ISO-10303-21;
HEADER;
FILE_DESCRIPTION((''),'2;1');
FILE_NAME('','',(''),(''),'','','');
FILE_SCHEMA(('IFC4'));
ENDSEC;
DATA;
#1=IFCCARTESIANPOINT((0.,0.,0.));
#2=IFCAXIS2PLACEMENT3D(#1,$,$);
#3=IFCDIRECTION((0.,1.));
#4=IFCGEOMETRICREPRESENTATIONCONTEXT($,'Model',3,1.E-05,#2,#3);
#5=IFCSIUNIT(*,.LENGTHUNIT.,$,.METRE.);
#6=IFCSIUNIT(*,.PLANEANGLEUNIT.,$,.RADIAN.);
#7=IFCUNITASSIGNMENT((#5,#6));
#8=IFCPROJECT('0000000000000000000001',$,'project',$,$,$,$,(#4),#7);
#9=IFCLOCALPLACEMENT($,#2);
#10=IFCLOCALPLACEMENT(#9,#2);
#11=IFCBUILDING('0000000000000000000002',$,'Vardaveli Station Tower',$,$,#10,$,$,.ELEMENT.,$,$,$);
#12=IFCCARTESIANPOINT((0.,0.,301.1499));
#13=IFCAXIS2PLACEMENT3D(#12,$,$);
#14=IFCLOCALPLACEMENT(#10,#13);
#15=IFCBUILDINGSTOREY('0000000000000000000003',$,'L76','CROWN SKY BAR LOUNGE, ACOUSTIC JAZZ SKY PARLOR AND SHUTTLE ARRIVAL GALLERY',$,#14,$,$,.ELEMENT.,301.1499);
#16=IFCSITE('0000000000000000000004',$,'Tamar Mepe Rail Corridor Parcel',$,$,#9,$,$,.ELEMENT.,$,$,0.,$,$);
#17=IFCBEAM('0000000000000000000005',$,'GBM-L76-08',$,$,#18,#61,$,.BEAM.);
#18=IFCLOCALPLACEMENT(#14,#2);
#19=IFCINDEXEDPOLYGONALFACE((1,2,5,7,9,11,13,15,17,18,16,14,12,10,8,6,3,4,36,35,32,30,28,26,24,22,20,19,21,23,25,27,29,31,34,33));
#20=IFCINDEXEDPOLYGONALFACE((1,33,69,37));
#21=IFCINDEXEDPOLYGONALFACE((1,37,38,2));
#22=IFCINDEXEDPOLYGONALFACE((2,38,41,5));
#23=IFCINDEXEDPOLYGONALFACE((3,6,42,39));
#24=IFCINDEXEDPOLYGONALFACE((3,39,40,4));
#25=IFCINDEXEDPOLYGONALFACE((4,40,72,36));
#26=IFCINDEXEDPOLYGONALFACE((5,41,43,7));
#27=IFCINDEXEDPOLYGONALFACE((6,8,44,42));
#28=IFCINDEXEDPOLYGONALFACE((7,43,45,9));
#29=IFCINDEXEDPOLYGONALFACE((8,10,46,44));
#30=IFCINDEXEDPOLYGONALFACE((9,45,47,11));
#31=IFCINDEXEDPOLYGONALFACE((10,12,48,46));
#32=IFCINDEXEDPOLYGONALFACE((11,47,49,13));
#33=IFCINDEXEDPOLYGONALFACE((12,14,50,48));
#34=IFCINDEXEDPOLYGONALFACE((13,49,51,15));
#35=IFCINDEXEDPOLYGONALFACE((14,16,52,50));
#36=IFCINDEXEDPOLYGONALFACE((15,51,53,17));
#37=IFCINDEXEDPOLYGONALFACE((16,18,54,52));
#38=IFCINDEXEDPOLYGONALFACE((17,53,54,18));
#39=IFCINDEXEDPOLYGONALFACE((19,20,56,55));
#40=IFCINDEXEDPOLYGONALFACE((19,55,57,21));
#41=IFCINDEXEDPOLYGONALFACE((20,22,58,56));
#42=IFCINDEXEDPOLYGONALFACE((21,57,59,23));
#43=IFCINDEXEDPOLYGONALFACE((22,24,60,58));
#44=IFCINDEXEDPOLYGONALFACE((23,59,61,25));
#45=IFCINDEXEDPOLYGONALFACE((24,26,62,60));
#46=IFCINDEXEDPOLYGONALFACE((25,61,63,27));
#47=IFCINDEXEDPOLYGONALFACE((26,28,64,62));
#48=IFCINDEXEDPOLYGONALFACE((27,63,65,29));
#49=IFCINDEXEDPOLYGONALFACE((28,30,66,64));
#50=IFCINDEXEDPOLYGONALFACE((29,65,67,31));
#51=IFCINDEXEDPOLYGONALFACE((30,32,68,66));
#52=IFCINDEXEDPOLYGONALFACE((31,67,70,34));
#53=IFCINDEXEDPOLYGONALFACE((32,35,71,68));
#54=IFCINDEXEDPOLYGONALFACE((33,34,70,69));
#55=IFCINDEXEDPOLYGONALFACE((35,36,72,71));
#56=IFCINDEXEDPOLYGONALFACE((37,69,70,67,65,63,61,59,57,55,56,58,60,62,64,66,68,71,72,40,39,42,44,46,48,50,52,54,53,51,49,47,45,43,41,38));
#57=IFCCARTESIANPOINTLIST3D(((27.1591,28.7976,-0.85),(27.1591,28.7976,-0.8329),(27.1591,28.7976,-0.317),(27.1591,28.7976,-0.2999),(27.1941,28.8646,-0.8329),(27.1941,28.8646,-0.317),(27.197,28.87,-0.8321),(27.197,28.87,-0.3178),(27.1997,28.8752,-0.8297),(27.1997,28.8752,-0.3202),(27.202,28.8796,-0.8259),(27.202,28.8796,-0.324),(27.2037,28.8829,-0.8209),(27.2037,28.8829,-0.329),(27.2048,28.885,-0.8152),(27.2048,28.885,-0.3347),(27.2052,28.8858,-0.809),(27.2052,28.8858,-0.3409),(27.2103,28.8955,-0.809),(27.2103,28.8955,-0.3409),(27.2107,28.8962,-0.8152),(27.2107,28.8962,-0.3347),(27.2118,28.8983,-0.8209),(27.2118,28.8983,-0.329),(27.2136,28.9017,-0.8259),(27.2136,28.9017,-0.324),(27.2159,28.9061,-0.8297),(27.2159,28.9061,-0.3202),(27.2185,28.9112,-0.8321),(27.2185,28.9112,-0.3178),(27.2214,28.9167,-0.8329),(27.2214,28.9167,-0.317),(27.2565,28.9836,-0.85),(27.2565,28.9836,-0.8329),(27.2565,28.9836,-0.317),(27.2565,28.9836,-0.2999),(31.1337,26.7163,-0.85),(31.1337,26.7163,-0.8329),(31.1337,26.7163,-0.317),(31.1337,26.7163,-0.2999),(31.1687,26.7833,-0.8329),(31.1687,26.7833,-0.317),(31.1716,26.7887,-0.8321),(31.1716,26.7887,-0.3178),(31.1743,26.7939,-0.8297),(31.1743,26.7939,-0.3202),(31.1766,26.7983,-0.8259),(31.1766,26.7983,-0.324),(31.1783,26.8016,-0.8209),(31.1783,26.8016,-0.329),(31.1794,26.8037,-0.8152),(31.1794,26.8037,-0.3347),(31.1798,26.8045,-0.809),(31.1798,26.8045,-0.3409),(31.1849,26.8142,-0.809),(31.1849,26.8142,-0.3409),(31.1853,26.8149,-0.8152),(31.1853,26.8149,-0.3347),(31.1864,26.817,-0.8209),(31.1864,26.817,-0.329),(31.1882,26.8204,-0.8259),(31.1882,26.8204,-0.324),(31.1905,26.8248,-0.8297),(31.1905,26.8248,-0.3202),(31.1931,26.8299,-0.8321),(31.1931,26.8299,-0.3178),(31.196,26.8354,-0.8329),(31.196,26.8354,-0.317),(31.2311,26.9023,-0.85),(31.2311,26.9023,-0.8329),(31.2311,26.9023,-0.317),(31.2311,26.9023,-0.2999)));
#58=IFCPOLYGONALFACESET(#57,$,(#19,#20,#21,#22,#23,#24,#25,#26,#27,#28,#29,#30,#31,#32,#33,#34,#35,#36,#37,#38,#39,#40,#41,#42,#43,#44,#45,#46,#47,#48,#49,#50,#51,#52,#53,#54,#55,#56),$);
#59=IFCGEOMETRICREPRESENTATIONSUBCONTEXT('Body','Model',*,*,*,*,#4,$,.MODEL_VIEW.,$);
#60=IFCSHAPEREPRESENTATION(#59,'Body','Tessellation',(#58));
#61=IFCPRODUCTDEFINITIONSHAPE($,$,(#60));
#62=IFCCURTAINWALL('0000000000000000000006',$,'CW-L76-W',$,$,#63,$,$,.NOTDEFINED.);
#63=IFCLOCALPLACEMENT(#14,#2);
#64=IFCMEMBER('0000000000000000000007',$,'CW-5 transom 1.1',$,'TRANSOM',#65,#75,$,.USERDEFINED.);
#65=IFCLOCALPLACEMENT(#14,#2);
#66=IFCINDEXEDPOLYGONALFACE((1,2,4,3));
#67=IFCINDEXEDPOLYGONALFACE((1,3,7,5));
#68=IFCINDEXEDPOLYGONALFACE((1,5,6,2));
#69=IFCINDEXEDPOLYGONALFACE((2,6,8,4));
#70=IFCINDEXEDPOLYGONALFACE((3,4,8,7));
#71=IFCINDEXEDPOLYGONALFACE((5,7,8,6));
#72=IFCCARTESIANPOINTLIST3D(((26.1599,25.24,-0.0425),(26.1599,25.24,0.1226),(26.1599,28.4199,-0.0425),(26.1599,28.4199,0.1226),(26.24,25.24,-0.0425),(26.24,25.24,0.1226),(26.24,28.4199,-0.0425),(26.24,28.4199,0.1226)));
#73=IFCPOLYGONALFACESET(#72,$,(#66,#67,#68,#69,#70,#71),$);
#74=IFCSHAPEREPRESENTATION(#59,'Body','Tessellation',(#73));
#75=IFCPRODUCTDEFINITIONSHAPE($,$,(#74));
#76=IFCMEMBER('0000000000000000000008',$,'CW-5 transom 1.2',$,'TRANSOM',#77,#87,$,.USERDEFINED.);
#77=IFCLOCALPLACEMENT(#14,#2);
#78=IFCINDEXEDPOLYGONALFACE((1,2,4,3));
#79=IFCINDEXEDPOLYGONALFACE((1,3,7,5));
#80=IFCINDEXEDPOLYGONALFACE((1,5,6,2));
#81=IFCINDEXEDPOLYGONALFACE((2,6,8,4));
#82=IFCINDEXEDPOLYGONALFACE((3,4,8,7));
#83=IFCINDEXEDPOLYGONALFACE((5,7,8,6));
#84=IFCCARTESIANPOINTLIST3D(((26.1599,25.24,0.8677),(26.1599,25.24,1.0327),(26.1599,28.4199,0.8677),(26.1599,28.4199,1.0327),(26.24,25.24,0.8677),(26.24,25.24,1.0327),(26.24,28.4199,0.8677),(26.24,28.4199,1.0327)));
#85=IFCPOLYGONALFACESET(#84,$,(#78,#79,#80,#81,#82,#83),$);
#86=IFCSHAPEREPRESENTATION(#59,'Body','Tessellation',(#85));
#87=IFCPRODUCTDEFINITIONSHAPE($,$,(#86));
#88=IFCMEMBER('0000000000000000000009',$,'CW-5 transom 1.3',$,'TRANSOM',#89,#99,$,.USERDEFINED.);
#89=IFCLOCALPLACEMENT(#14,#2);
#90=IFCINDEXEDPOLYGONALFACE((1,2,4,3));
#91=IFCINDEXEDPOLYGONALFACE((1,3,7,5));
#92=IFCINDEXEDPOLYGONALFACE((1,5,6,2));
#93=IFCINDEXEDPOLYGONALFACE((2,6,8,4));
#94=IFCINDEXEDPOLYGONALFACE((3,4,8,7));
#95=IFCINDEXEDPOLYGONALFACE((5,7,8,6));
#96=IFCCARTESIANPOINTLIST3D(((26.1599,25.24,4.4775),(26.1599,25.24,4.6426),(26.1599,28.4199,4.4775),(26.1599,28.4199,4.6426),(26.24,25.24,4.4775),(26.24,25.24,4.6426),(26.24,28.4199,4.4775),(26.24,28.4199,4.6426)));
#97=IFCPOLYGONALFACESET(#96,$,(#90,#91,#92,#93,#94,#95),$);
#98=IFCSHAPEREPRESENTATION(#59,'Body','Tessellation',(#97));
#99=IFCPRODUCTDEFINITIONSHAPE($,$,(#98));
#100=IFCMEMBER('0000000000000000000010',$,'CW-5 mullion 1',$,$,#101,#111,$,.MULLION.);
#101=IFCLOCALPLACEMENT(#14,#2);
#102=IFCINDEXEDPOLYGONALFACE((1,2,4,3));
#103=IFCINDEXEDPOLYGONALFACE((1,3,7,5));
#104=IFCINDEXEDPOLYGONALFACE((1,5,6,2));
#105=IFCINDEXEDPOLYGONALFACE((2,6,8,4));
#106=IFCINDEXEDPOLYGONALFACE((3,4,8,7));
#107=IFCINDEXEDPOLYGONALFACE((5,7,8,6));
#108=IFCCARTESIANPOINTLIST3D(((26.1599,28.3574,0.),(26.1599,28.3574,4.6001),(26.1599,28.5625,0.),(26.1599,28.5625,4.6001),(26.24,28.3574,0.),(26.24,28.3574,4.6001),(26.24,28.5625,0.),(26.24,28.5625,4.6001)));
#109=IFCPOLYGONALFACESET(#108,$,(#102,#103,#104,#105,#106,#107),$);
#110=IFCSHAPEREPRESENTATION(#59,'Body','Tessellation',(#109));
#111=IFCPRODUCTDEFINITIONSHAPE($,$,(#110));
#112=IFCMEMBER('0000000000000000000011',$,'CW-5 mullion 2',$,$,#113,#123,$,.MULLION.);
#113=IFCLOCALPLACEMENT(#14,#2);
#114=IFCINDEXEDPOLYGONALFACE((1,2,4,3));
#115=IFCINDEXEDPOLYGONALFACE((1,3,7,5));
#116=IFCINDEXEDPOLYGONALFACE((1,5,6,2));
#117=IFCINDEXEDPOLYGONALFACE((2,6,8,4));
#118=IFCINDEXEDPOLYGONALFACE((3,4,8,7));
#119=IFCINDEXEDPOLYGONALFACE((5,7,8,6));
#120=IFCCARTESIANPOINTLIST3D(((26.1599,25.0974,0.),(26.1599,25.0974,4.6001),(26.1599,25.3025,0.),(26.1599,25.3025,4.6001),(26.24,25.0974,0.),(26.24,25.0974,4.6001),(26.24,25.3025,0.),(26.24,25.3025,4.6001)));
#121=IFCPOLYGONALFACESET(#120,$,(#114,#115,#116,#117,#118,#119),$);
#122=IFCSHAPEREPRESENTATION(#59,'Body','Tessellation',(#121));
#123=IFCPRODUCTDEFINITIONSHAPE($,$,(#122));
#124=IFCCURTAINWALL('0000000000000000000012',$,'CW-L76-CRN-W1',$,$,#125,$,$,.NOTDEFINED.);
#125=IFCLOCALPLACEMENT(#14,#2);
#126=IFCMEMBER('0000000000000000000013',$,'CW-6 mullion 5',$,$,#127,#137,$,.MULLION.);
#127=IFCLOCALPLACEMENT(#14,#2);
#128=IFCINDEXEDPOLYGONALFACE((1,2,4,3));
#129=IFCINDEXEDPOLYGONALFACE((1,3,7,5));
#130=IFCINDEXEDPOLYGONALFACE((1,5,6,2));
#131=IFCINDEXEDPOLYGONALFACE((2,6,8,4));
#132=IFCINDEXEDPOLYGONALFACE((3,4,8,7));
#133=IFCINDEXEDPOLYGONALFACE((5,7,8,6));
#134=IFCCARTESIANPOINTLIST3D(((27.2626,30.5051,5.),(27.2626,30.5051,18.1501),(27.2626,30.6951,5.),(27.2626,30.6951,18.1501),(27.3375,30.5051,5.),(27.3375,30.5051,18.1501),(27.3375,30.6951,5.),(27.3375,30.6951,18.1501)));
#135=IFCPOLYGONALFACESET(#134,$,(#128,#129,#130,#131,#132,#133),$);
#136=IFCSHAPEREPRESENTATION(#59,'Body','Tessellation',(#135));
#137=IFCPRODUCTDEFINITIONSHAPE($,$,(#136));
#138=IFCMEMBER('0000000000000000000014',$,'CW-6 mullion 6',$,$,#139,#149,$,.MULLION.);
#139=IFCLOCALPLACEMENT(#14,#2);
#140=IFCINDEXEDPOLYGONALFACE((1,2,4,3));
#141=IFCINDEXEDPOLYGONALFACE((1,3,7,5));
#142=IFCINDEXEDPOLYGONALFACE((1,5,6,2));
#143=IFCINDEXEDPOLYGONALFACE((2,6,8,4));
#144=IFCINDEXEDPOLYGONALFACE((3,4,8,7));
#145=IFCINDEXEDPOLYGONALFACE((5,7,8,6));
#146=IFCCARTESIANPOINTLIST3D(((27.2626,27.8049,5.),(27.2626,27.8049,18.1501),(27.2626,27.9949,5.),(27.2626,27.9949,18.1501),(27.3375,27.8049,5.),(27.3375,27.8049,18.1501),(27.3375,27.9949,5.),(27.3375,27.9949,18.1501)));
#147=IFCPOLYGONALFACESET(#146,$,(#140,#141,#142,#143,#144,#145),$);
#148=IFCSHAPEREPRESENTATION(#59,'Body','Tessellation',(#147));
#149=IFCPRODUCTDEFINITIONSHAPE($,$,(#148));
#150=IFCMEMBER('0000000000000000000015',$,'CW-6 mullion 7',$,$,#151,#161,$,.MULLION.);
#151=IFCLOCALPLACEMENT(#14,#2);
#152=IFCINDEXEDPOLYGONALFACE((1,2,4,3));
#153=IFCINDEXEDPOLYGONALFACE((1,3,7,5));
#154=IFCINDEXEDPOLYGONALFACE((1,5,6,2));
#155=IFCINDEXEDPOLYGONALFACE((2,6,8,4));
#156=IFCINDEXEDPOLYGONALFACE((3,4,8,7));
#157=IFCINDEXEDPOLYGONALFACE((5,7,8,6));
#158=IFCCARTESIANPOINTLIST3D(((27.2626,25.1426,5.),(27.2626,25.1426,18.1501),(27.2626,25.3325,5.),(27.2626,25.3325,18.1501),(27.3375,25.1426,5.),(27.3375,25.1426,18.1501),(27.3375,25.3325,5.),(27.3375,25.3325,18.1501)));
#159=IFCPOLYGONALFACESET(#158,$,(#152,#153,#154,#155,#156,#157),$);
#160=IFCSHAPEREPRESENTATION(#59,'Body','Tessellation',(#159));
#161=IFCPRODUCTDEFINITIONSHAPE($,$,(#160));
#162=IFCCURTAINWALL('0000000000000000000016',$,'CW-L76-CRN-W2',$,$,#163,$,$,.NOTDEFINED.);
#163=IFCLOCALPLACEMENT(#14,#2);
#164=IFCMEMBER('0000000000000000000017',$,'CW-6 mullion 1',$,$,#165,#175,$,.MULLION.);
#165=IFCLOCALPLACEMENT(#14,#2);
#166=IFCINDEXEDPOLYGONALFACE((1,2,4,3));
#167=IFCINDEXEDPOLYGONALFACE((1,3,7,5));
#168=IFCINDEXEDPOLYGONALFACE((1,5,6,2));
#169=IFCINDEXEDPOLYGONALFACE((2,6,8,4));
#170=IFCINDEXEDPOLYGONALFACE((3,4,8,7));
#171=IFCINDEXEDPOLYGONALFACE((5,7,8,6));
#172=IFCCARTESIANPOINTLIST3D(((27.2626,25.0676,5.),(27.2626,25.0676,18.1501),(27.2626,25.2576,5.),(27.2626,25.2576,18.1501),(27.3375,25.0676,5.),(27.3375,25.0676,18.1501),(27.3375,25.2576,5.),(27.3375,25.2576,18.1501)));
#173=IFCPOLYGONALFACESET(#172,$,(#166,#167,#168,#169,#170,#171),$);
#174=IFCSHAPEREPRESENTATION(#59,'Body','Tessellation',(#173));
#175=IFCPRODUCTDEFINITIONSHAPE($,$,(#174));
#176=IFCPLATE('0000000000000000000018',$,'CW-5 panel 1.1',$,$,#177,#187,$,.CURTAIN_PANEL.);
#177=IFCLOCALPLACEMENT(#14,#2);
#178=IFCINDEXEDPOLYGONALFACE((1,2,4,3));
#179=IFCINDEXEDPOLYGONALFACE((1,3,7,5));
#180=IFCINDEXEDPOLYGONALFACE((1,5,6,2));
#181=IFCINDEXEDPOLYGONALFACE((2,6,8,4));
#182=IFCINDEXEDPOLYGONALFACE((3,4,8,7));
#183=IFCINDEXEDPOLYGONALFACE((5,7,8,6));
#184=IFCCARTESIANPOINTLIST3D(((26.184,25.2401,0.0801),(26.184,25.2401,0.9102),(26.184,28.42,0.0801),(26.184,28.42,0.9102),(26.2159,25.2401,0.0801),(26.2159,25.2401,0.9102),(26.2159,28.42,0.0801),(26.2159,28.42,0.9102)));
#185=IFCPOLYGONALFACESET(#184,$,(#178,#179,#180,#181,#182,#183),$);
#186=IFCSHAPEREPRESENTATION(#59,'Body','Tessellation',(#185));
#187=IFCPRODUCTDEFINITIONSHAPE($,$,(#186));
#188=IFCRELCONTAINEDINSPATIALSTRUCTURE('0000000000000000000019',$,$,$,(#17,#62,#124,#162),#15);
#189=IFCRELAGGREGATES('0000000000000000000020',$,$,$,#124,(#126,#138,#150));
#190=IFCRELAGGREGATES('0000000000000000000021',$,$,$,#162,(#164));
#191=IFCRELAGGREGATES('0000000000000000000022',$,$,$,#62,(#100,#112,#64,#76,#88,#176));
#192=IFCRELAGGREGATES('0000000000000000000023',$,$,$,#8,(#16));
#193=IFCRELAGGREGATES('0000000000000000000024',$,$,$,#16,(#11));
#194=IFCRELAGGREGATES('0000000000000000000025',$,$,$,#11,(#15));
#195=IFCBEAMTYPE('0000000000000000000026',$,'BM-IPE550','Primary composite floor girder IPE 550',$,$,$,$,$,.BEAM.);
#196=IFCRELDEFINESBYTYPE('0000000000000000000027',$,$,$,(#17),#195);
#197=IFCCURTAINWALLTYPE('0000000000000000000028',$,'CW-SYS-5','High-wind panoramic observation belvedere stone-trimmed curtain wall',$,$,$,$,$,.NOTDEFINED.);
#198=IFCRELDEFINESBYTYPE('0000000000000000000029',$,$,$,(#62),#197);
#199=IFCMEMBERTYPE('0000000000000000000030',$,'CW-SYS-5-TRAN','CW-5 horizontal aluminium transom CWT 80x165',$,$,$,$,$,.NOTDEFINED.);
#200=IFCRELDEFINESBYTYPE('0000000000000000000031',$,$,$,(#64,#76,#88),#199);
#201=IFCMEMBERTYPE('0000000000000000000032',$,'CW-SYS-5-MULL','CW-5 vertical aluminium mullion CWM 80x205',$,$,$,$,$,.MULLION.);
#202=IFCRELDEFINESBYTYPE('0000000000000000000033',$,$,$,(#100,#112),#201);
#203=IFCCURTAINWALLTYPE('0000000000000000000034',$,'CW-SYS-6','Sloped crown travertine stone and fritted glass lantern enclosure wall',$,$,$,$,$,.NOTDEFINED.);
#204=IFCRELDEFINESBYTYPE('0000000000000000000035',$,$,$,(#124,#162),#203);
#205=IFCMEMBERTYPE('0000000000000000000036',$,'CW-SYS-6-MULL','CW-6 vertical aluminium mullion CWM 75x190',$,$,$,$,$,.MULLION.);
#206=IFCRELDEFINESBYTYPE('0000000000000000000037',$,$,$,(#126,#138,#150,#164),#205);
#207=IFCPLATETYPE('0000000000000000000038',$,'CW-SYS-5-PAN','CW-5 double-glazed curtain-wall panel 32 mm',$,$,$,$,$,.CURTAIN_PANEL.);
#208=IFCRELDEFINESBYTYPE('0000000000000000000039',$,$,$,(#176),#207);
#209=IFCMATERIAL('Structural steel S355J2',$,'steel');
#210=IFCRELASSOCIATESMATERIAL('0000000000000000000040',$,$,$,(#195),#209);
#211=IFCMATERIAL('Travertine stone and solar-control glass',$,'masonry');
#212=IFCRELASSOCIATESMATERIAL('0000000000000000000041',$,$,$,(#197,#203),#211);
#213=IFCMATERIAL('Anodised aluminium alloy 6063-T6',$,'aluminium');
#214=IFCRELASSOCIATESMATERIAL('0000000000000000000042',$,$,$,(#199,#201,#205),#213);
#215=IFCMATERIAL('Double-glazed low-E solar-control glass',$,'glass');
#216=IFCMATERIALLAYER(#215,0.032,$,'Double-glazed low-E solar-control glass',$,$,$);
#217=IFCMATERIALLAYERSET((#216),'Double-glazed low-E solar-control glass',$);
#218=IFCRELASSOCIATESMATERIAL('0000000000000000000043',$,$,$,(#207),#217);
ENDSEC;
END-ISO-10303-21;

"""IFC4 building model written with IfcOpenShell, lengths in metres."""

from ifc_helpers import new_model, si_unit, direction, frame, origin, origin_2d, place, context, subcontext, project, spatial, rectangle, i_section, extrude, source, transform, mapped, material, layer, layer_set, material_profile, profile_set, type_object, element, aggregate, save


model = new_model("IFC4")

# Units and contexts
model_context = context("Model", 3, precision=1e-05, world=origin(), true_north=direction((0.0, 1.0)))
body_context = subcontext(model_context, "Body", "Model", "MODEL_VIEW")
ifc_project = project(units=[si_unit("LENGTHUNIT", "METRE"), si_unit("PLANEANGLEUNIT", "RADIAN")], contexts=[model_context])

# Site, building, storey
site_placement = place(None, origin())
site = spatial("IfcSite", under=ifc_project, at=site_placement, Name="Tamar Mepe Rail Corridor Parcel", CompositionType="ELEMENT", RefElevation=0.0)
building_placement = place(site_placement, origin())
building = spatial("IfcBuilding", under=site, at=building_placement, Name="Vardaveli Station Tower", CompositionType="ELEMENT")
storey_placement = place(building_placement, frame((0.0, 0.0, 301.1499)))
storey = spatial("IfcBuildingStorey", under=building, at=storey_placement, Name="L76", Description="CROWN SKY BAR LOUNGE, ACOUSTIC JAZZ SKY PARLOR AND SHUTTLE ARRIVAL GALLERY", CompositionType="ELEMENT", Elevation=301.1499)

# Shared definitions
ifc_material_1 = material(Name="Structural steel S355J2", Category="steel")

# Beam
ifc_material_profile_1 = material_profile(ifc_material_1, i_section(OverallWidth=0.21, OverallDepth=0.55, WebThickness=0.011, FlangeThickness=0.0171, FilletRadius=0.0239, at=origin_2d()), Name="IPE 550")
ifc_profile_set_1 = profile_set([ifc_material_profile_1], Name="Structural steel S355J2")
beam_type_1 = type_object("IfcBeamType", Name="BM-IPE550", Description="Primary composite floor girder IPE 550", PredefinedType="BEAM", material=ifc_profile_set_1)
shared_shape_1 = source(origin(), body_context, "Body", "SweptSolid", [
    extrude(i_section(OverallWidth=0.21, OverallDepth=0.55, WebThickness=0.011, FlangeThickness=0.0171, FilletRadius=0.0239, at=origin_2d()), origin(), (0.0, 0.0, 1.0), 4.4866),
])
beam_1_placement = place(storey_placement, frame((27.2078, 28.8906, -0.575), z_axis=(0.88589, -0.463895, 0.0), x_axis=(0.463895, 0.88589, 0.0)))
element("IfcBeam", 1, at=beam_1_placement, inside=storey, type_object=beam_type_1, Name="GBM-L76-08", PredefinedType="BEAM", context=body_context, shape_type="MappedRepresentation", body=[
    mapped(shared_shape_1, transform((0.0, 0.0, 0.0), scale=1.0)),
])

# Curtain walls, members
ifc_material_2 = material(Name="Travertine stone and solar-control glass", Category="masonry")
curtain_wall_type_1 = type_object("IfcCurtainWallType", Name="CW-SYS-5", Description="High-wind panoramic observation belvedere stone-trimmed curtain wall", PredefinedType="NOTDEFINED", material=ifc_material_2)
curtain_wall_1_placement = place(storey_placement, origin())
curtain_wall_1 = element("IfcCurtainWall", 2, at=curtain_wall_1_placement, inside=storey, type_object=curtain_wall_type_1, Name="CW-L76-W", PredefinedType="NOTDEFINED")
ifc_material_3 = material(Name="Anodised aluminium alloy 6063-T6", Category="aluminium")
ifc_material_profile_2 = material_profile(ifc_material_3, rectangle(XDim=0.0801, YDim=0.165, at=origin_2d()), Name="CWT 80x165")
ifc_profile_set_2 = profile_set([ifc_material_profile_2], Name="Anodised aluminium alloy 6063-T6")
member_type_1 = type_object("IfcMemberType", Name="CW-SYS-5-TRAN", Description="CW-5 horizontal aluminium transom CWT 80x165", PredefinedType="NOTDEFINED", material=ifc_profile_set_2)
shared_shape_2 = source(origin(), body_context, "Body", "SweptSolid", [
    extrude(rectangle(XDim=0.0801, YDim=0.165, at=origin_2d()), origin(), (0.0, 0.0, 1.0), 3.1799),
])
member_1_placement = place(storey_placement, frame((26.2, 28.4199, 0.04), z_axis=(0.0, -1.0, 0.0), x_axis=(1.0, 0.0, 0.0)))
member_1 = element("IfcMember", 3, at=member_1_placement, type_object=member_type_1, Name="CW-5 transom 1.1", ObjectType="TRANSOM", PredefinedType="USERDEFINED", context=body_context, shape_type="MappedRepresentation", body=[
    mapped(shared_shape_2, transform((0.0, 0.0, 0.0), scale=1.0)),
])
member_2_placement = place(storey_placement, frame((26.2, 28.4199, 0.9502), z_axis=(0.0, -1.0, 0.0), x_axis=(1.0, 0.0, 0.0)))
member_2 = element("IfcMember", 4, at=member_2_placement, type_object=member_type_1, Name="CW-5 transom 1.2", ObjectType="TRANSOM", PredefinedType="USERDEFINED", context=body_context, shape_type="MappedRepresentation", body=[
    mapped(shared_shape_2, transform((0.0, 0.0, 0.0), scale=1.0)),
])
member_3_placement = place(storey_placement, frame((26.2, 28.4199, 4.5601), z_axis=(0.0, -1.0, 0.0), x_axis=(1.0, 0.0, 0.0)))
member_3 = element("IfcMember", 5, at=member_3_placement, type_object=member_type_1, Name="CW-5 transom 1.3", ObjectType="TRANSOM", PredefinedType="USERDEFINED", context=body_context, shape_type="MappedRepresentation", body=[
    mapped(shared_shape_2, transform((0.0, 0.0, 0.0), scale=1.0)),
])
ifc_material_profile_3 = material_profile(ifc_material_3, rectangle(XDim=0.0801, YDim=0.2051, at=origin_2d()), Name="CWM 80x205")
ifc_profile_set_3 = profile_set([ifc_material_profile_3], Name="Anodised aluminium alloy 6063-T6")
member_type_2 = type_object("IfcMemberType", Name="CW-SYS-5-MULL", Description="CW-5 vertical aluminium mullion CWM 80x205", PredefinedType="MULLION", material=ifc_profile_set_3)
shared_shape_3 = source(origin(), body_context, "Body", "SweptSolid", [
    extrude(rectangle(XDim=0.0801, YDim=0.2051, at=origin_2d()), origin(), (0.0, 0.0, 1.0), 4.6001),
])
member_4_placement = place(storey_placement, frame((26.2, 28.46, 0.0), z_axis=(0.0, 0.0, 1.0), x_axis=(1.0, 0.0, 0.0)))
member_4 = element("IfcMember", 6, at=member_4_placement, type_object=member_type_2, Name="CW-5 mullion 1", PredefinedType="MULLION", context=body_context, shape_type="MappedRepresentation", body=[
    mapped(shared_shape_3, transform((0.0, 0.0, 0.0), scale=1.0)),
])
member_5_placement = place(storey_placement, frame((26.2, 25.2, 0.0), z_axis=(0.0, 0.0, 1.0), x_axis=(1.0, 0.0, 0.0)))
member_5 = element("IfcMember", 7, at=member_5_placement, type_object=member_type_2, Name="CW-5 mullion 2", PredefinedType="MULLION", context=body_context, shape_type="MappedRepresentation", body=[
    mapped(shared_shape_3, transform((0.0, 0.0, 0.0), scale=1.0)),
])
curtain_wall_type_2 = type_object("IfcCurtainWallType", Name="CW-SYS-6", Description="Sloped crown travertine stone and fritted glass lantern enclosure wall", PredefinedType="NOTDEFINED", material=ifc_material_2)
curtain_wall_2_placement = place(storey_placement, origin())
curtain_wall_2 = element("IfcCurtainWall", 8, at=curtain_wall_2_placement, inside=storey, type_object=curtain_wall_type_2, Name="CW-L76-CRN-W1", PredefinedType="NOTDEFINED")
ifc_material_profile_4 = material_profile(ifc_material_3, rectangle(XDim=0.075, YDim=0.1899, at=origin_2d()), Name="CWM 75x190")
ifc_profile_set_4 = profile_set([ifc_material_profile_4], Name="Anodised aluminium alloy 6063-T6")
member_type_3 = type_object("IfcMemberType", Name="CW-SYS-6-MULL", Description="CW-6 vertical aluminium mullion CWM 75x190", PredefinedType="MULLION", material=ifc_profile_set_4)
shared_shape_4 = source(origin(), body_context, "Body", "SweptSolid", [
    extrude(rectangle(XDim=0.075, YDim=0.1899, at=origin_2d()), origin(), (0.0, 0.0, 1.0), 13.1501),
])
member_6_placement = place(storey_placement, frame((27.3, 30.6001, 5.0), z_axis=(0.0, 0.0, 1.0), x_axis=(1.0, 0.0, 0.0)))
member_6 = element("IfcMember", 9, at=member_6_placement, type_object=member_type_3, Name="CW-6 mullion 5", PredefinedType="MULLION", context=body_context, shape_type="MappedRepresentation", body=[
    mapped(shared_shape_4, transform((0.0, 0.0, 0.0), scale=1.0)),
])
member_7_placement = place(storey_placement, frame((27.3, 27.8999, 5.0), z_axis=(0.0, 0.0, 1.0), x_axis=(1.0, 0.0, 0.0)))
member_7 = element("IfcMember", 10, at=member_7_placement, type_object=member_type_3, Name="CW-6 mullion 6", PredefinedType="MULLION", context=body_context, shape_type="MappedRepresentation", body=[
    mapped(shared_shape_4, transform((0.0, 0.0, 0.0), scale=1.0)),
])
member_8_placement = place(storey_placement, frame((27.3, 25.2375, 5.0), z_axis=(0.0, 0.0, 1.0), x_axis=(1.0, 0.0, 0.0)))
member_8 = element("IfcMember", 11, at=member_8_placement, type_object=member_type_3, Name="CW-6 mullion 7", PredefinedType="MULLION", context=body_context, shape_type="MappedRepresentation", body=[
    mapped(shared_shape_4, transform((0.0, 0.0, 0.0), scale=1.0)),
])
aggregate(curtain_wall_2, [member_6, member_7, member_8])

# Curtain wall, member
curtain_wall_3_placement = place(storey_placement, origin())
curtain_wall_3 = element("IfcCurtainWall", 12, at=curtain_wall_3_placement, inside=storey, type_object=curtain_wall_type_2, Name="CW-L76-CRN-W2", PredefinedType="NOTDEFINED")
member_9_placement = place(storey_placement, frame((27.3, 25.1626, 5.0), z_axis=(0.0, 0.0, 1.0), x_axis=(1.0, 0.0, 0.0)))
member_9 = element("IfcMember", 13, at=member_9_placement, type_object=member_type_3, Name="CW-6 mullion 1", PredefinedType="MULLION", context=body_context, shape_type="MappedRepresentation", body=[
    mapped(shared_shape_4, transform((0.0, 0.0, 0.0), scale=1.0)),
])
aggregate(curtain_wall_3, [member_9])

# Plate
ifc_material_4 = material(Name="Double-glazed low-E solar-control glass", Category="glass")
ifc_layer_1 = layer(ifc_material_4, 0.032, Name="Double-glazed low-E solar-control glass")
ifc_layer_set_1 = layer_set([ifc_layer_1], Name="Double-glazed low-E solar-control glass")
plate_type = type_object("IfcPlateType", Name="CW-SYS-5-PAN", Description="CW-5 double-glazed curtain-wall panel 32 mm", PredefinedType="CURTAIN_PANEL", material=ifc_layer_set_1)
shared_shape_5 = source(origin(), body_context, "Body", "SweptSolid", [
    extrude(rectangle(XDim=3.1799, YDim=0.032, at=origin_2d()), origin(), (0.0, 0.0, 1.0), 0.8301),
])
plate_1_placement = place(storey_placement, frame((26.2, 26.8301, 0.0801), z_axis=(0.0, 0.0, 1.0), x_axis=(0.0, -1.0, 0.0)))
plate_1 = element("IfcPlate", 14, at=plate_1_placement, type_object=plate_type, Name="CW-5 panel 1.1", PredefinedType="CURTAIN_PANEL", context=body_context, shape_type="MappedRepresentation", body=[
    mapped(shared_shape_5, transform((0.0, 0.0, 0.0), scale=1.0)),
])
aggregate(curtain_wall_1, [member_4, member_5, member_1, member_2, member_3, plate_1])

save(model, "model.ifc")
